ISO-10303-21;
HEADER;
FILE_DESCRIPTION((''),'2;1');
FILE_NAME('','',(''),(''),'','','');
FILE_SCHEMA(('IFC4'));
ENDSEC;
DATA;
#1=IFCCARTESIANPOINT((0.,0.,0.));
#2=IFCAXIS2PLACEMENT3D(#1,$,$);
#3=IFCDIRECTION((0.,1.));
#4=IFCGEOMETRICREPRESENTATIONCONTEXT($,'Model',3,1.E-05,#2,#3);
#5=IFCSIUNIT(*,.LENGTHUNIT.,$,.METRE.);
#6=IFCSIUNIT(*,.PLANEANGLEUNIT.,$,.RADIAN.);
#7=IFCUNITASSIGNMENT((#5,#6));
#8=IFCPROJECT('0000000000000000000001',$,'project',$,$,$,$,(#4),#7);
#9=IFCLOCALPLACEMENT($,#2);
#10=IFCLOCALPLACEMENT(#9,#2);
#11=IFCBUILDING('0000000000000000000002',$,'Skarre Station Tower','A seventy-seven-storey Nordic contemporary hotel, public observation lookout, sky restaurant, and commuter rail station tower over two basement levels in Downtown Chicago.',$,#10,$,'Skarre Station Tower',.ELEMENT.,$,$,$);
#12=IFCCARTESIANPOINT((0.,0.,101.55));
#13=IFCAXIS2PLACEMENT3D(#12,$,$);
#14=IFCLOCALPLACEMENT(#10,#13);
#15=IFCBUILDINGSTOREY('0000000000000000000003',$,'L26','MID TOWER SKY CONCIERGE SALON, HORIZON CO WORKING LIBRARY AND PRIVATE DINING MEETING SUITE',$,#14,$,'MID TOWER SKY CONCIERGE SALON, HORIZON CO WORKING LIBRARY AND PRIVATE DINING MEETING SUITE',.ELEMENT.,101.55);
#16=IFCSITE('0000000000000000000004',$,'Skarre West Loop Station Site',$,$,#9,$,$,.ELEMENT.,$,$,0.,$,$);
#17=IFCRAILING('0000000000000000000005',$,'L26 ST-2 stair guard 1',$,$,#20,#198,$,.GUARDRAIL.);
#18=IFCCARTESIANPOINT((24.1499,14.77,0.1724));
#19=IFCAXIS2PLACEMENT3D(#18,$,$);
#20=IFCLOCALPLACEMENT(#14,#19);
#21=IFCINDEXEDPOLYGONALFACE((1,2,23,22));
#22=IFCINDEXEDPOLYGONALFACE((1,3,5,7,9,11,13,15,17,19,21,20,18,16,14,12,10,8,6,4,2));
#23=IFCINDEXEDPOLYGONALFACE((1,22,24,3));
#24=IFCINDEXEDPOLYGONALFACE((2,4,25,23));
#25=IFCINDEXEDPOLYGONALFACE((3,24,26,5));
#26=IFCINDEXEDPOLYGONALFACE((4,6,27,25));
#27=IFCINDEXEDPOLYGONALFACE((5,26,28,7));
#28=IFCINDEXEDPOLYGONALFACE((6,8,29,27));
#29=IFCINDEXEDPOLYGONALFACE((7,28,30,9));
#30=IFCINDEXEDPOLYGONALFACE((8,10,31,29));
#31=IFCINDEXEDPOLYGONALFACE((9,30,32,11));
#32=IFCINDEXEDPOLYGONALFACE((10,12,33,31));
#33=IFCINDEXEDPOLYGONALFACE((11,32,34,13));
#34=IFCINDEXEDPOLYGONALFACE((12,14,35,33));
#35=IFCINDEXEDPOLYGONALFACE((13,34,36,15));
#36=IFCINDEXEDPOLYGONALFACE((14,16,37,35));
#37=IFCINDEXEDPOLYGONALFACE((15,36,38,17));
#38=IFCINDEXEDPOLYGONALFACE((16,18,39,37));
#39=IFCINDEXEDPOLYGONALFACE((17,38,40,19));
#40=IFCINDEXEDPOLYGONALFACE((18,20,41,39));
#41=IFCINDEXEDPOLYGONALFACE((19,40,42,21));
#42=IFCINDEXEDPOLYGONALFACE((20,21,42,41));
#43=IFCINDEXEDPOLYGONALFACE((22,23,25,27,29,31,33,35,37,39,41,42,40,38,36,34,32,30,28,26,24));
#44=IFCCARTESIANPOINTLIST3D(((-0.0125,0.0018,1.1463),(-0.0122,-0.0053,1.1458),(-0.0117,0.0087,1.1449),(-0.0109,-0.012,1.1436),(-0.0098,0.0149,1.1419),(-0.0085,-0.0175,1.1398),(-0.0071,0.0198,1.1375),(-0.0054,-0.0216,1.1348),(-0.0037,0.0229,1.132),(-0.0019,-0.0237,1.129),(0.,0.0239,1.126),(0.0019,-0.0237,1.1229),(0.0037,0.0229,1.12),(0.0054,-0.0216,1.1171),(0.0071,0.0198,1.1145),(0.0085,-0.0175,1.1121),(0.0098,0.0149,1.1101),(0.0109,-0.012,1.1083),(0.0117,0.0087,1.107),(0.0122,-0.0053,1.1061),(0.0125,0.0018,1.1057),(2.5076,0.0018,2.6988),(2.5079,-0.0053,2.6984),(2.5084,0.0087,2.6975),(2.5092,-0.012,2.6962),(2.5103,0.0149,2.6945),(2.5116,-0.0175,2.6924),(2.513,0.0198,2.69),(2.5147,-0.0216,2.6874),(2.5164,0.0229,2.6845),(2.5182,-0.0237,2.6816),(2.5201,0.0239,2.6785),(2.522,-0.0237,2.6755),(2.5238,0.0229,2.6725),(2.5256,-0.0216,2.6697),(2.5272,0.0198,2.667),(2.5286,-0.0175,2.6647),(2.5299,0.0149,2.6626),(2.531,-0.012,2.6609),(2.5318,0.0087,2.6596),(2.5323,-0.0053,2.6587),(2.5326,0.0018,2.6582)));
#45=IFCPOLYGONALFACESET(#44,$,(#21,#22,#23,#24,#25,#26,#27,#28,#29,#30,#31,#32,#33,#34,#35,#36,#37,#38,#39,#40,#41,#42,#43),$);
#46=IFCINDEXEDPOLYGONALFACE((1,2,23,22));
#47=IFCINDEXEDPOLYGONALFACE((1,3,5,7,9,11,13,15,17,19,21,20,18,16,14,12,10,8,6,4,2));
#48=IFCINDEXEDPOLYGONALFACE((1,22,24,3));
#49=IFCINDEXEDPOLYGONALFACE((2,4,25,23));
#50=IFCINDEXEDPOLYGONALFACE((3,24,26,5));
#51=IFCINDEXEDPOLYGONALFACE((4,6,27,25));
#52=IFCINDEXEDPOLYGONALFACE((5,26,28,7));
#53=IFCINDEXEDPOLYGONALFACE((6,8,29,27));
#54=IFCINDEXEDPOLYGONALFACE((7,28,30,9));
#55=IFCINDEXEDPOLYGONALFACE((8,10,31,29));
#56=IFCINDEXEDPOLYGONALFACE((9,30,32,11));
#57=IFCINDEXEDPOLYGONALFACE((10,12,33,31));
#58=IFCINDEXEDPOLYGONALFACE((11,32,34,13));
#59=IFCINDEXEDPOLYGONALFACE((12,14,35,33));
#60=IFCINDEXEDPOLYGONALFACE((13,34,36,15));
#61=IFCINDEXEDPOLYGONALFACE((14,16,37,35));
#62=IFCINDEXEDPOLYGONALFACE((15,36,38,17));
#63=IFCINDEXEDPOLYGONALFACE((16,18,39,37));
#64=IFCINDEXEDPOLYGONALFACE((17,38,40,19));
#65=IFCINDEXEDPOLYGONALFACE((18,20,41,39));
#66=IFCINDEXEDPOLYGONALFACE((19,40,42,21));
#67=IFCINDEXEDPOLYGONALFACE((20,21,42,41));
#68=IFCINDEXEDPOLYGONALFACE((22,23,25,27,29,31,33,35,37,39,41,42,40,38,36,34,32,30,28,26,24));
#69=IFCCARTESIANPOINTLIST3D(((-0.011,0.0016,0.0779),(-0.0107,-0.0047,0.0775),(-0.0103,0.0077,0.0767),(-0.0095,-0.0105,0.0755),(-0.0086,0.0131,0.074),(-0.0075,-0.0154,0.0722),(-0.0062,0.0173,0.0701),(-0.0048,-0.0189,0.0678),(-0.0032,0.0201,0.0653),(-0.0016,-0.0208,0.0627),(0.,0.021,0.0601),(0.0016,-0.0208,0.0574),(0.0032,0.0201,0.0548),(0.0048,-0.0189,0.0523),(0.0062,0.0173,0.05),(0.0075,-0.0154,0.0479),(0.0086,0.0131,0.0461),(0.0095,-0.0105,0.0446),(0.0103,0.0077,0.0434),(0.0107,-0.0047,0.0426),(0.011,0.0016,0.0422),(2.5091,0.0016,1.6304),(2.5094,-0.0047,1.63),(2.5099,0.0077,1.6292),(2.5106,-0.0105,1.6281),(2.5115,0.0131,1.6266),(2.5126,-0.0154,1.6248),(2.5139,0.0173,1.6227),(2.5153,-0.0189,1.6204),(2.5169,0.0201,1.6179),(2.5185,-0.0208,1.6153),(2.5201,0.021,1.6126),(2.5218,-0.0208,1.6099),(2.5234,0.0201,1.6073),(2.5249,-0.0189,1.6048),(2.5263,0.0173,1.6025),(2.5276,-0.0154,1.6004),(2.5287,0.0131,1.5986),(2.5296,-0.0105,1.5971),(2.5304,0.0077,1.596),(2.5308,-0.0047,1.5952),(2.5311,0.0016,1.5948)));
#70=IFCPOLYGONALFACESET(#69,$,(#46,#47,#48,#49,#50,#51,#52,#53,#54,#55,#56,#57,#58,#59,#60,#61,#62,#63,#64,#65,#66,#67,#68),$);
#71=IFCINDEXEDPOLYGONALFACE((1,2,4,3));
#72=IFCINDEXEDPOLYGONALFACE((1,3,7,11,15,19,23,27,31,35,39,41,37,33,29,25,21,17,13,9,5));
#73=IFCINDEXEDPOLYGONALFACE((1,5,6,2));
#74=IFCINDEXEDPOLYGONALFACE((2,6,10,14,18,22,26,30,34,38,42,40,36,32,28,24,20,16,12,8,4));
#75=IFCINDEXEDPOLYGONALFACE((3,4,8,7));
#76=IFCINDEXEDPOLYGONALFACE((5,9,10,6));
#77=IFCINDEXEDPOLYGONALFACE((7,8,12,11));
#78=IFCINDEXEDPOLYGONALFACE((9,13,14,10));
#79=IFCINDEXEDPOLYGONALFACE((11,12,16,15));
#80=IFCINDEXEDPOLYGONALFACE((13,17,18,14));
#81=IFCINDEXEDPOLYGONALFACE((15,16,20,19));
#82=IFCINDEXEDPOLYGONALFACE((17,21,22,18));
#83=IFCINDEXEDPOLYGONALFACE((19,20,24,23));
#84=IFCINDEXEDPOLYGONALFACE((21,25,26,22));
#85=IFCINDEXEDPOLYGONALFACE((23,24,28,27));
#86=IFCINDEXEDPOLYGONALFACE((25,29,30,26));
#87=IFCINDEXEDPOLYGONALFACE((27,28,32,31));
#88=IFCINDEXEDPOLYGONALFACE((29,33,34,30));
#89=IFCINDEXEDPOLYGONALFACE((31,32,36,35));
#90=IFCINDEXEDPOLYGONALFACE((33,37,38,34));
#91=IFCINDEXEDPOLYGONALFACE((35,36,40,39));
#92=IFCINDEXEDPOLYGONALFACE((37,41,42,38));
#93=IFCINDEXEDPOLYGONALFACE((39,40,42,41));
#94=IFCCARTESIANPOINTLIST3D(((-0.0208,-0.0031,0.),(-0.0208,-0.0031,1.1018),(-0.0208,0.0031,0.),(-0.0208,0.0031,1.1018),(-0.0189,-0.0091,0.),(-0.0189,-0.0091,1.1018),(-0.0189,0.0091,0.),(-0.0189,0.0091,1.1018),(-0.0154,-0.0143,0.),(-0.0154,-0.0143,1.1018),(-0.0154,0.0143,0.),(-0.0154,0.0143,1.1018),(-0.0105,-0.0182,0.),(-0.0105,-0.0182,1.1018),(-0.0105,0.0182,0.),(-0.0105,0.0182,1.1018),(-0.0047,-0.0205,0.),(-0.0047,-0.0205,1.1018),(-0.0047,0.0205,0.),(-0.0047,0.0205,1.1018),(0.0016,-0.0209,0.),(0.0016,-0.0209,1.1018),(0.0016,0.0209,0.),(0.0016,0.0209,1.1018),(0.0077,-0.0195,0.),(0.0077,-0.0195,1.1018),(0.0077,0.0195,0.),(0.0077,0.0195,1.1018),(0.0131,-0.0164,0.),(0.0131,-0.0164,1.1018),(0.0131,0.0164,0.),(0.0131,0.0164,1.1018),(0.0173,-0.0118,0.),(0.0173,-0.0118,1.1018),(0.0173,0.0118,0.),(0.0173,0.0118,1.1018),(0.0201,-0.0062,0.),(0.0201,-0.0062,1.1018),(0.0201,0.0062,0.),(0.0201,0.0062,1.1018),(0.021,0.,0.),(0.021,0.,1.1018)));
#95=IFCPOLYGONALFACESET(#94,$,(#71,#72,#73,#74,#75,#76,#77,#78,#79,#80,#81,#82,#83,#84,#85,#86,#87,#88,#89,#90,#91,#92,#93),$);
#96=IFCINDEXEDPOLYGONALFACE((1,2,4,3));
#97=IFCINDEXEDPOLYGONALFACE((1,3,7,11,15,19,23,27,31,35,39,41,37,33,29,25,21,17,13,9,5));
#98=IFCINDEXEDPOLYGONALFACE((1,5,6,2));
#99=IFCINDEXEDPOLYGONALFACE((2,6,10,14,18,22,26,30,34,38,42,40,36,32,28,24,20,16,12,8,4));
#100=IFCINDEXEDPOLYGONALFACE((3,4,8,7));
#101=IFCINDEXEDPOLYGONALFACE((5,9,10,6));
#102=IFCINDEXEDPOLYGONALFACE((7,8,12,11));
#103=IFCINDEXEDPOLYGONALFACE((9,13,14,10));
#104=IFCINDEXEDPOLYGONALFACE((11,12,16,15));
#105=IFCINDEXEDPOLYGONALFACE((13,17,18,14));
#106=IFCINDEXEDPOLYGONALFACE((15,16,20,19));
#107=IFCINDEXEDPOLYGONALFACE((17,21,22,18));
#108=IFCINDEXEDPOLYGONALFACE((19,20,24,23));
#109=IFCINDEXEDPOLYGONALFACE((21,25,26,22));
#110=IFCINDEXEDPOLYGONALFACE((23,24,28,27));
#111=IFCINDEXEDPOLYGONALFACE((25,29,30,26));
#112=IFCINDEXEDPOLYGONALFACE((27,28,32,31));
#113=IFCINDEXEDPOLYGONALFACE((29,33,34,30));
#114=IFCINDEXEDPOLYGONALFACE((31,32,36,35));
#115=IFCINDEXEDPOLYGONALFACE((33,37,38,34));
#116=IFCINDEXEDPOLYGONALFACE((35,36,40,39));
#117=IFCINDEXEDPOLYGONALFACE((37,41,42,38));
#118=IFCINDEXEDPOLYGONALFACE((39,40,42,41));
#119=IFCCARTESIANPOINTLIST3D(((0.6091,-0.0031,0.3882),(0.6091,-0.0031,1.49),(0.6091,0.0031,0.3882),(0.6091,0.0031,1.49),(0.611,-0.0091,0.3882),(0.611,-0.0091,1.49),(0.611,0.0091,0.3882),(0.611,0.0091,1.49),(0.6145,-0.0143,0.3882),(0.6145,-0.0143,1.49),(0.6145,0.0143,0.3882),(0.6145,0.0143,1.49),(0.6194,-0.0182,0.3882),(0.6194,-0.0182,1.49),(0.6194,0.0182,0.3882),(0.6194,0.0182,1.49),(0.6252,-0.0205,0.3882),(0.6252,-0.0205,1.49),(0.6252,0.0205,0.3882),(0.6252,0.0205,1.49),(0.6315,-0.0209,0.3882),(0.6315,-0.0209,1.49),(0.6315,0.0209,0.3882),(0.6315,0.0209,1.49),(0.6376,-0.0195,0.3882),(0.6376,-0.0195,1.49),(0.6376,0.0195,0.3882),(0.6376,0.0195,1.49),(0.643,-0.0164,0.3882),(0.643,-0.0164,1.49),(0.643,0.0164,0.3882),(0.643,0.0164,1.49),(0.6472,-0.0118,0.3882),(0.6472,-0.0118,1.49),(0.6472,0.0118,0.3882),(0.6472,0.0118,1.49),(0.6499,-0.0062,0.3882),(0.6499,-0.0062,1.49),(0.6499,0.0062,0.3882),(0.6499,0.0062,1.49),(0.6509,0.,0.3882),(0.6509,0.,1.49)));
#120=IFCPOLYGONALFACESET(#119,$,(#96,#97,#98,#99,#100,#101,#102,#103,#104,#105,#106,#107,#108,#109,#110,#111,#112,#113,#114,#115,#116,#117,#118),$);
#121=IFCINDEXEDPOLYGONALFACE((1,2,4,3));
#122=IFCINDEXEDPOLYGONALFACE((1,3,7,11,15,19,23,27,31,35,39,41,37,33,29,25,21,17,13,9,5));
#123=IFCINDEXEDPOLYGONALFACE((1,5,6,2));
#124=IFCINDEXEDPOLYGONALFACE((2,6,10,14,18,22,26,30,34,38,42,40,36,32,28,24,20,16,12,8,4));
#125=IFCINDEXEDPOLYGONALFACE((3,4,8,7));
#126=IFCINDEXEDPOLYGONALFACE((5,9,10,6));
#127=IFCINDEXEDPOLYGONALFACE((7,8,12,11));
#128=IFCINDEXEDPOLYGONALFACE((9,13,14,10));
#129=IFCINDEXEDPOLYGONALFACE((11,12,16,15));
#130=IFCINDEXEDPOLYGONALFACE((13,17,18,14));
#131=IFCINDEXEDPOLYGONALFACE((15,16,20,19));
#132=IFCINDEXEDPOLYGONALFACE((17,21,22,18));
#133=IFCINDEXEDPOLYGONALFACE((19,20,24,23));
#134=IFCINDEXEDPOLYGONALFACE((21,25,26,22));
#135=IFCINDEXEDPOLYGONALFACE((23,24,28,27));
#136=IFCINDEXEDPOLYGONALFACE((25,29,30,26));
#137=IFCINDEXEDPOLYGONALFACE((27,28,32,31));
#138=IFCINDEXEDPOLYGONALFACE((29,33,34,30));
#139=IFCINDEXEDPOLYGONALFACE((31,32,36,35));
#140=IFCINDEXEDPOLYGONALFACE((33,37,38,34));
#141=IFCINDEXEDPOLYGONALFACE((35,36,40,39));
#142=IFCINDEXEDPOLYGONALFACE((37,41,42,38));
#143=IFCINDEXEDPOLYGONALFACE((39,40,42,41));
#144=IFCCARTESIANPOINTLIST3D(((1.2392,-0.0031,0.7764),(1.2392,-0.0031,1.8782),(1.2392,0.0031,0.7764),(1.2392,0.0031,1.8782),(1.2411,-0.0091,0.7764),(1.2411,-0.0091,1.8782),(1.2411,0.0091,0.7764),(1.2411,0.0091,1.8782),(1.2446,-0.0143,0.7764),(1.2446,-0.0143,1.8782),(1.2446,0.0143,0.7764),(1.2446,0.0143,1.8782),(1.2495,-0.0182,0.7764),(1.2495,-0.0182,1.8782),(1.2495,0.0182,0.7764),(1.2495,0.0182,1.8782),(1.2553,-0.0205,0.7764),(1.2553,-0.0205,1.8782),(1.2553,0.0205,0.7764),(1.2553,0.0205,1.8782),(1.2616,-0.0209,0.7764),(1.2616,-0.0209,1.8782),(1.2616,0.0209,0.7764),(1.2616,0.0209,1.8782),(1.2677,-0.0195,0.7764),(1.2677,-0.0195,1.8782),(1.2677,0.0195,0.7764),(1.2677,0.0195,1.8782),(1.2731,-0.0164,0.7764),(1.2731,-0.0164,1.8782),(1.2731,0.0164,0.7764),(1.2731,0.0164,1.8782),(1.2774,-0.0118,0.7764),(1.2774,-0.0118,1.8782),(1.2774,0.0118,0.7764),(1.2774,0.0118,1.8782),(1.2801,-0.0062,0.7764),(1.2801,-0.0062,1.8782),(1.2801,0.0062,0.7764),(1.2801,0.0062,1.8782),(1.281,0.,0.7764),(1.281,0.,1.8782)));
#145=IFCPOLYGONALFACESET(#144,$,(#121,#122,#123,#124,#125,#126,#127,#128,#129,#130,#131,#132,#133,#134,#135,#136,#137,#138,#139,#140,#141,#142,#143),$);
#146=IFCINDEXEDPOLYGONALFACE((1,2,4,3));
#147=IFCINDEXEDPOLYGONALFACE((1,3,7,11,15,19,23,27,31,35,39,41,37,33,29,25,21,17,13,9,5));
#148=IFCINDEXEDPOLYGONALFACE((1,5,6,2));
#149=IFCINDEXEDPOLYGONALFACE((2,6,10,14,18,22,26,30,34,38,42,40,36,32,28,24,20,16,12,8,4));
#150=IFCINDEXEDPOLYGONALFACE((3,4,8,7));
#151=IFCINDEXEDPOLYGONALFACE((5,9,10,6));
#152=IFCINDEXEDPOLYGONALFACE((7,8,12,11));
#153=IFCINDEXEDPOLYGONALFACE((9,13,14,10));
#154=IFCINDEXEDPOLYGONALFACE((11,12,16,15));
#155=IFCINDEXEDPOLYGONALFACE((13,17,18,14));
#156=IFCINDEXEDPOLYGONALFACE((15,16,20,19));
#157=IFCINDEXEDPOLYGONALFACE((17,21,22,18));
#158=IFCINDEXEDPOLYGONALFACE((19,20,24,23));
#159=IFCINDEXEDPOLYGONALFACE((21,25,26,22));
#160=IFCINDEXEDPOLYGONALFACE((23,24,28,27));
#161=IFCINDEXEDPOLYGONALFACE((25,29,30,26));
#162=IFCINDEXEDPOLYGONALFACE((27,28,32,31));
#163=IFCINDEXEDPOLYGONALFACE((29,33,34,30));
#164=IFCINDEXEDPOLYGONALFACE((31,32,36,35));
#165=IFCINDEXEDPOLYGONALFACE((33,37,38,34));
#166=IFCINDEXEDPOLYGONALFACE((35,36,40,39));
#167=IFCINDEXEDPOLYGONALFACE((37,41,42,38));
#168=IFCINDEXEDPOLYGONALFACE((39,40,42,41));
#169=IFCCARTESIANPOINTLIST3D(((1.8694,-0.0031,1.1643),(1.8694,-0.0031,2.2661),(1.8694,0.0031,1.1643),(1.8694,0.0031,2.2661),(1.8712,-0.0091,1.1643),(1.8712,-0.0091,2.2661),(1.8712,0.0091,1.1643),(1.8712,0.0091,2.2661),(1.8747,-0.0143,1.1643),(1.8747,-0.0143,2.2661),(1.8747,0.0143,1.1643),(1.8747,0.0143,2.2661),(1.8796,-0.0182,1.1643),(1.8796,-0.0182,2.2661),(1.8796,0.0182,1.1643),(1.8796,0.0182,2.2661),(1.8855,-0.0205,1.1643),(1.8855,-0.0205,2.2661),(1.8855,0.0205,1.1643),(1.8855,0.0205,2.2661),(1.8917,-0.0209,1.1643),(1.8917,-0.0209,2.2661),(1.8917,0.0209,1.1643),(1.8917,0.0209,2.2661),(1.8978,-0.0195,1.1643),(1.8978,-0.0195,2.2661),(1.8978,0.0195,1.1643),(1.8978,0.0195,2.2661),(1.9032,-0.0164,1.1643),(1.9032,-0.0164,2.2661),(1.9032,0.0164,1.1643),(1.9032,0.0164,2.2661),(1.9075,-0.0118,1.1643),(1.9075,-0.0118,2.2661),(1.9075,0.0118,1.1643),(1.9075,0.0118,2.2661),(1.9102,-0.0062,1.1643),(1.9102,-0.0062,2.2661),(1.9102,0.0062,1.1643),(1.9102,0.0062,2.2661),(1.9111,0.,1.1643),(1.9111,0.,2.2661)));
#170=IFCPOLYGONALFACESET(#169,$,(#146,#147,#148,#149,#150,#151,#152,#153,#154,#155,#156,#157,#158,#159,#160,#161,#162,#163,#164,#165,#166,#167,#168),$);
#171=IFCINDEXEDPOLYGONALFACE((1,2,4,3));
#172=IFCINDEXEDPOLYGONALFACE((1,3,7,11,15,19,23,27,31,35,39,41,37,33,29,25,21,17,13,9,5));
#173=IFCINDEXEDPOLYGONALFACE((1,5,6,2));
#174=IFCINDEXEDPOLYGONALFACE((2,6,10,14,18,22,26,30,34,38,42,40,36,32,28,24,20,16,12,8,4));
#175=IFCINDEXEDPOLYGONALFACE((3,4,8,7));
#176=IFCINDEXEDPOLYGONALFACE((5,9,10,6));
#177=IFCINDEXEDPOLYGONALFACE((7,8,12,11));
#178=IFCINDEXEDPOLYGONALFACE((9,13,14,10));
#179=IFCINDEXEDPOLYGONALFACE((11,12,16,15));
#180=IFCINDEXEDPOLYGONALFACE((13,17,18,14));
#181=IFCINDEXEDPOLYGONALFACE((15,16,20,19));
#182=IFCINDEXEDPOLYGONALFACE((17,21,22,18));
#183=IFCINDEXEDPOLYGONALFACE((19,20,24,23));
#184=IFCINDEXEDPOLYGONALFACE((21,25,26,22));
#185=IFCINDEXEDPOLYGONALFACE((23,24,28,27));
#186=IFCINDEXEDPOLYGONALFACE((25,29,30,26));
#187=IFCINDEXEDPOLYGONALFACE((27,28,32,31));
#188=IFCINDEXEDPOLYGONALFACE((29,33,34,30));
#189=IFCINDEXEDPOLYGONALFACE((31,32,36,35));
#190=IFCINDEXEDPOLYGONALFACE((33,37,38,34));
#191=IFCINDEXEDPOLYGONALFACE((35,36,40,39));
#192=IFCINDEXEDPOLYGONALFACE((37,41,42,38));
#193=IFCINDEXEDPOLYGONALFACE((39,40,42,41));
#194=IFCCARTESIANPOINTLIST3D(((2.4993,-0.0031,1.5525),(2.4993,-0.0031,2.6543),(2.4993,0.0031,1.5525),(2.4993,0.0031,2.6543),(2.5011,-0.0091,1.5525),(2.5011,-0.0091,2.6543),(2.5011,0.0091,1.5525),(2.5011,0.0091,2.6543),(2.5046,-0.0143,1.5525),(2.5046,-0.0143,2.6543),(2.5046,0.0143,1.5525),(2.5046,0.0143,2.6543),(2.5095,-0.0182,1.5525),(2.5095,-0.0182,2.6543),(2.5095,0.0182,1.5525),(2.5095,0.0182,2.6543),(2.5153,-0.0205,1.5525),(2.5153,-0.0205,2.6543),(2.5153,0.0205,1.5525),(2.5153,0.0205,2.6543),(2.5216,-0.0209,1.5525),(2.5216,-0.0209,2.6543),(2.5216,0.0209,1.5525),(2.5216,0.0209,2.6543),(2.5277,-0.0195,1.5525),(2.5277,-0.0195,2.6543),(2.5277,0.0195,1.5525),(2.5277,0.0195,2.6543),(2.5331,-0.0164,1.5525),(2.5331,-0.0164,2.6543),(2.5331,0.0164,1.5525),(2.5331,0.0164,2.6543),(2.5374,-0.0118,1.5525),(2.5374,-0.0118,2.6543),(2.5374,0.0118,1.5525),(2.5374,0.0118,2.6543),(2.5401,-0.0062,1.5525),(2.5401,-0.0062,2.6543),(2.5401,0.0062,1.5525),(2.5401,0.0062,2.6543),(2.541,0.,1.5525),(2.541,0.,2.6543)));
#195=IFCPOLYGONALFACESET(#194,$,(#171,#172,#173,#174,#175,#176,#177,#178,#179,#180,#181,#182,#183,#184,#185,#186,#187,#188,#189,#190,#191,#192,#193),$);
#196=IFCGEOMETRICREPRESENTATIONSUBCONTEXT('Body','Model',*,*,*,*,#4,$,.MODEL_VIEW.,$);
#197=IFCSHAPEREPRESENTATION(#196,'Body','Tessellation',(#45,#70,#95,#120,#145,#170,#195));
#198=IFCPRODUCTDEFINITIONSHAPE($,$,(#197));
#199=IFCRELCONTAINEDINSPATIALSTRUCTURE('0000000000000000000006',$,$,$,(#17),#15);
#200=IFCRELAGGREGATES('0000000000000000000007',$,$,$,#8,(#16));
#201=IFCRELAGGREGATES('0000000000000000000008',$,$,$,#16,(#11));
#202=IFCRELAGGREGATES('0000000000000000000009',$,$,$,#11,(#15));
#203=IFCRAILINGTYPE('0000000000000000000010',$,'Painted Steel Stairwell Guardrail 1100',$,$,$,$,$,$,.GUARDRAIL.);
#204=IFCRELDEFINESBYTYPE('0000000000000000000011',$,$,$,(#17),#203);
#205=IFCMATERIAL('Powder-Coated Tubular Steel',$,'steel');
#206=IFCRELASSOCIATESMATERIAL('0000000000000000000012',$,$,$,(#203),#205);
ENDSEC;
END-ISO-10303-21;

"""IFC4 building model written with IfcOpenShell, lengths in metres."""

from ifc_helpers import new_model, si_unit, direction, frame, origin, origin_2d, place, context, subcontext, project, spatial, circle, extrude, material, type_object, element, save


model = new_model("IFC4")

# Units and contexts
model_context = context("Model", 3, precision=1e-05, world=origin(), true_north=direction((0.0, 1.0)))
body_context = subcontext(model_context, "Body", "Model", "MODEL_VIEW")
ifc_project = project(units=[si_unit("LENGTHUNIT", "METRE"), si_unit("PLANEANGLEUNIT", "RADIAN")], contexts=[model_context])

# Site, building, storey
site_placement = place(None, origin())
site = spatial("IfcSite", under=ifc_project, at=site_placement, Name="Skarre West Loop Station Site", CompositionType="ELEMENT", RefElevation=0.0)
building_placement = place(site_placement, origin())
building = spatial("IfcBuilding", under=site, at=building_placement, Name="Skarre Station Tower", Description="A seventy-seven-storey Nordic contemporary hotel, public observation lookout, sky restaurant, and commuter rail station tower over two basement levels in Downtown Chicago.", LongName="Skarre Station Tower", CompositionType="ELEMENT")
storey_placement = place(building_placement, frame((0.0, 0.0, 101.55)))
storey = spatial("IfcBuildingStorey", under=building, at=storey_placement, Name="L26", Description="MID TOWER SKY CONCIERGE SALON, HORIZON CO WORKING LIBRARY AND PRIVATE DINING MEETING SUITE", LongName="MID TOWER SKY CONCIERGE SALON, HORIZON CO WORKING LIBRARY AND PRIVATE DINING MEETING SUITE", CompositionType="ELEMENT", Elevation=101.55)

# Railing
ifc_material_1 = material(Name="Powder-Coated Tubular Steel", Category="steel")
railing_type_1 = type_object("IfcRailingType", Name="Painted Steel Stairwell Guardrail 1100", PredefinedType="GUARDRAIL", material=ifc_material_1)
railing_1_placement = place(storey_placement, frame((24.1499, 14.77, 0.1724)))
element("IfcRailing", 1, at=railing_1_placement, inside=storey, type_object=railing_type_1, Name="L26 ST-2 stair guard 1", PredefinedType="GUARDRAIL", context=body_context, shape_type="SweptSolid", body=[
    extrude(circle(Radius=0.0239, at=origin_2d()), frame((0.0, 0.0, 1.126), z_axis=(0.8514, 0.0, 0.524516), x_axis=(0.0, 1.0, 0.0)), (0.0, 0.0, 1.0), 2.96),
    extrude(circle(Radius=0.021, at=origin_2d()), frame((0.0, 0.0, 0.0601), z_axis=(0.8514, 0.0, 0.524516), x_axis=(0.0, 1.0, 0.0)), (0.0, 0.0, 1.0), 2.96),
    extrude(circle(Radius=0.021, at=origin_2d()), origin(), (0.0, 0.0, 1.0), 1.1018),
    extrude(circle(Radius=0.021, at=origin_2d()), frame((0.6299, 0.0, 0.3882)), (0.0, 0.0, 1.0), 1.1018),
    extrude(circle(Radius=0.021, at=origin_2d()), frame((1.26, 0.0, 0.7764)), (0.0, 0.0, 1.0), 1.1018),
    extrude(circle(Radius=0.021, at=origin_2d()), frame((1.8901, 0.0, 1.1643)), (0.0, 0.0, 1.0), 1.1018),
    extrude(circle(Radius=0.021, at=origin_2d()), frame((2.52, 0.0, 1.5525)), (0.0, 0.0, 1.0), 1.1018),
])

save(model, "model.ifc")
